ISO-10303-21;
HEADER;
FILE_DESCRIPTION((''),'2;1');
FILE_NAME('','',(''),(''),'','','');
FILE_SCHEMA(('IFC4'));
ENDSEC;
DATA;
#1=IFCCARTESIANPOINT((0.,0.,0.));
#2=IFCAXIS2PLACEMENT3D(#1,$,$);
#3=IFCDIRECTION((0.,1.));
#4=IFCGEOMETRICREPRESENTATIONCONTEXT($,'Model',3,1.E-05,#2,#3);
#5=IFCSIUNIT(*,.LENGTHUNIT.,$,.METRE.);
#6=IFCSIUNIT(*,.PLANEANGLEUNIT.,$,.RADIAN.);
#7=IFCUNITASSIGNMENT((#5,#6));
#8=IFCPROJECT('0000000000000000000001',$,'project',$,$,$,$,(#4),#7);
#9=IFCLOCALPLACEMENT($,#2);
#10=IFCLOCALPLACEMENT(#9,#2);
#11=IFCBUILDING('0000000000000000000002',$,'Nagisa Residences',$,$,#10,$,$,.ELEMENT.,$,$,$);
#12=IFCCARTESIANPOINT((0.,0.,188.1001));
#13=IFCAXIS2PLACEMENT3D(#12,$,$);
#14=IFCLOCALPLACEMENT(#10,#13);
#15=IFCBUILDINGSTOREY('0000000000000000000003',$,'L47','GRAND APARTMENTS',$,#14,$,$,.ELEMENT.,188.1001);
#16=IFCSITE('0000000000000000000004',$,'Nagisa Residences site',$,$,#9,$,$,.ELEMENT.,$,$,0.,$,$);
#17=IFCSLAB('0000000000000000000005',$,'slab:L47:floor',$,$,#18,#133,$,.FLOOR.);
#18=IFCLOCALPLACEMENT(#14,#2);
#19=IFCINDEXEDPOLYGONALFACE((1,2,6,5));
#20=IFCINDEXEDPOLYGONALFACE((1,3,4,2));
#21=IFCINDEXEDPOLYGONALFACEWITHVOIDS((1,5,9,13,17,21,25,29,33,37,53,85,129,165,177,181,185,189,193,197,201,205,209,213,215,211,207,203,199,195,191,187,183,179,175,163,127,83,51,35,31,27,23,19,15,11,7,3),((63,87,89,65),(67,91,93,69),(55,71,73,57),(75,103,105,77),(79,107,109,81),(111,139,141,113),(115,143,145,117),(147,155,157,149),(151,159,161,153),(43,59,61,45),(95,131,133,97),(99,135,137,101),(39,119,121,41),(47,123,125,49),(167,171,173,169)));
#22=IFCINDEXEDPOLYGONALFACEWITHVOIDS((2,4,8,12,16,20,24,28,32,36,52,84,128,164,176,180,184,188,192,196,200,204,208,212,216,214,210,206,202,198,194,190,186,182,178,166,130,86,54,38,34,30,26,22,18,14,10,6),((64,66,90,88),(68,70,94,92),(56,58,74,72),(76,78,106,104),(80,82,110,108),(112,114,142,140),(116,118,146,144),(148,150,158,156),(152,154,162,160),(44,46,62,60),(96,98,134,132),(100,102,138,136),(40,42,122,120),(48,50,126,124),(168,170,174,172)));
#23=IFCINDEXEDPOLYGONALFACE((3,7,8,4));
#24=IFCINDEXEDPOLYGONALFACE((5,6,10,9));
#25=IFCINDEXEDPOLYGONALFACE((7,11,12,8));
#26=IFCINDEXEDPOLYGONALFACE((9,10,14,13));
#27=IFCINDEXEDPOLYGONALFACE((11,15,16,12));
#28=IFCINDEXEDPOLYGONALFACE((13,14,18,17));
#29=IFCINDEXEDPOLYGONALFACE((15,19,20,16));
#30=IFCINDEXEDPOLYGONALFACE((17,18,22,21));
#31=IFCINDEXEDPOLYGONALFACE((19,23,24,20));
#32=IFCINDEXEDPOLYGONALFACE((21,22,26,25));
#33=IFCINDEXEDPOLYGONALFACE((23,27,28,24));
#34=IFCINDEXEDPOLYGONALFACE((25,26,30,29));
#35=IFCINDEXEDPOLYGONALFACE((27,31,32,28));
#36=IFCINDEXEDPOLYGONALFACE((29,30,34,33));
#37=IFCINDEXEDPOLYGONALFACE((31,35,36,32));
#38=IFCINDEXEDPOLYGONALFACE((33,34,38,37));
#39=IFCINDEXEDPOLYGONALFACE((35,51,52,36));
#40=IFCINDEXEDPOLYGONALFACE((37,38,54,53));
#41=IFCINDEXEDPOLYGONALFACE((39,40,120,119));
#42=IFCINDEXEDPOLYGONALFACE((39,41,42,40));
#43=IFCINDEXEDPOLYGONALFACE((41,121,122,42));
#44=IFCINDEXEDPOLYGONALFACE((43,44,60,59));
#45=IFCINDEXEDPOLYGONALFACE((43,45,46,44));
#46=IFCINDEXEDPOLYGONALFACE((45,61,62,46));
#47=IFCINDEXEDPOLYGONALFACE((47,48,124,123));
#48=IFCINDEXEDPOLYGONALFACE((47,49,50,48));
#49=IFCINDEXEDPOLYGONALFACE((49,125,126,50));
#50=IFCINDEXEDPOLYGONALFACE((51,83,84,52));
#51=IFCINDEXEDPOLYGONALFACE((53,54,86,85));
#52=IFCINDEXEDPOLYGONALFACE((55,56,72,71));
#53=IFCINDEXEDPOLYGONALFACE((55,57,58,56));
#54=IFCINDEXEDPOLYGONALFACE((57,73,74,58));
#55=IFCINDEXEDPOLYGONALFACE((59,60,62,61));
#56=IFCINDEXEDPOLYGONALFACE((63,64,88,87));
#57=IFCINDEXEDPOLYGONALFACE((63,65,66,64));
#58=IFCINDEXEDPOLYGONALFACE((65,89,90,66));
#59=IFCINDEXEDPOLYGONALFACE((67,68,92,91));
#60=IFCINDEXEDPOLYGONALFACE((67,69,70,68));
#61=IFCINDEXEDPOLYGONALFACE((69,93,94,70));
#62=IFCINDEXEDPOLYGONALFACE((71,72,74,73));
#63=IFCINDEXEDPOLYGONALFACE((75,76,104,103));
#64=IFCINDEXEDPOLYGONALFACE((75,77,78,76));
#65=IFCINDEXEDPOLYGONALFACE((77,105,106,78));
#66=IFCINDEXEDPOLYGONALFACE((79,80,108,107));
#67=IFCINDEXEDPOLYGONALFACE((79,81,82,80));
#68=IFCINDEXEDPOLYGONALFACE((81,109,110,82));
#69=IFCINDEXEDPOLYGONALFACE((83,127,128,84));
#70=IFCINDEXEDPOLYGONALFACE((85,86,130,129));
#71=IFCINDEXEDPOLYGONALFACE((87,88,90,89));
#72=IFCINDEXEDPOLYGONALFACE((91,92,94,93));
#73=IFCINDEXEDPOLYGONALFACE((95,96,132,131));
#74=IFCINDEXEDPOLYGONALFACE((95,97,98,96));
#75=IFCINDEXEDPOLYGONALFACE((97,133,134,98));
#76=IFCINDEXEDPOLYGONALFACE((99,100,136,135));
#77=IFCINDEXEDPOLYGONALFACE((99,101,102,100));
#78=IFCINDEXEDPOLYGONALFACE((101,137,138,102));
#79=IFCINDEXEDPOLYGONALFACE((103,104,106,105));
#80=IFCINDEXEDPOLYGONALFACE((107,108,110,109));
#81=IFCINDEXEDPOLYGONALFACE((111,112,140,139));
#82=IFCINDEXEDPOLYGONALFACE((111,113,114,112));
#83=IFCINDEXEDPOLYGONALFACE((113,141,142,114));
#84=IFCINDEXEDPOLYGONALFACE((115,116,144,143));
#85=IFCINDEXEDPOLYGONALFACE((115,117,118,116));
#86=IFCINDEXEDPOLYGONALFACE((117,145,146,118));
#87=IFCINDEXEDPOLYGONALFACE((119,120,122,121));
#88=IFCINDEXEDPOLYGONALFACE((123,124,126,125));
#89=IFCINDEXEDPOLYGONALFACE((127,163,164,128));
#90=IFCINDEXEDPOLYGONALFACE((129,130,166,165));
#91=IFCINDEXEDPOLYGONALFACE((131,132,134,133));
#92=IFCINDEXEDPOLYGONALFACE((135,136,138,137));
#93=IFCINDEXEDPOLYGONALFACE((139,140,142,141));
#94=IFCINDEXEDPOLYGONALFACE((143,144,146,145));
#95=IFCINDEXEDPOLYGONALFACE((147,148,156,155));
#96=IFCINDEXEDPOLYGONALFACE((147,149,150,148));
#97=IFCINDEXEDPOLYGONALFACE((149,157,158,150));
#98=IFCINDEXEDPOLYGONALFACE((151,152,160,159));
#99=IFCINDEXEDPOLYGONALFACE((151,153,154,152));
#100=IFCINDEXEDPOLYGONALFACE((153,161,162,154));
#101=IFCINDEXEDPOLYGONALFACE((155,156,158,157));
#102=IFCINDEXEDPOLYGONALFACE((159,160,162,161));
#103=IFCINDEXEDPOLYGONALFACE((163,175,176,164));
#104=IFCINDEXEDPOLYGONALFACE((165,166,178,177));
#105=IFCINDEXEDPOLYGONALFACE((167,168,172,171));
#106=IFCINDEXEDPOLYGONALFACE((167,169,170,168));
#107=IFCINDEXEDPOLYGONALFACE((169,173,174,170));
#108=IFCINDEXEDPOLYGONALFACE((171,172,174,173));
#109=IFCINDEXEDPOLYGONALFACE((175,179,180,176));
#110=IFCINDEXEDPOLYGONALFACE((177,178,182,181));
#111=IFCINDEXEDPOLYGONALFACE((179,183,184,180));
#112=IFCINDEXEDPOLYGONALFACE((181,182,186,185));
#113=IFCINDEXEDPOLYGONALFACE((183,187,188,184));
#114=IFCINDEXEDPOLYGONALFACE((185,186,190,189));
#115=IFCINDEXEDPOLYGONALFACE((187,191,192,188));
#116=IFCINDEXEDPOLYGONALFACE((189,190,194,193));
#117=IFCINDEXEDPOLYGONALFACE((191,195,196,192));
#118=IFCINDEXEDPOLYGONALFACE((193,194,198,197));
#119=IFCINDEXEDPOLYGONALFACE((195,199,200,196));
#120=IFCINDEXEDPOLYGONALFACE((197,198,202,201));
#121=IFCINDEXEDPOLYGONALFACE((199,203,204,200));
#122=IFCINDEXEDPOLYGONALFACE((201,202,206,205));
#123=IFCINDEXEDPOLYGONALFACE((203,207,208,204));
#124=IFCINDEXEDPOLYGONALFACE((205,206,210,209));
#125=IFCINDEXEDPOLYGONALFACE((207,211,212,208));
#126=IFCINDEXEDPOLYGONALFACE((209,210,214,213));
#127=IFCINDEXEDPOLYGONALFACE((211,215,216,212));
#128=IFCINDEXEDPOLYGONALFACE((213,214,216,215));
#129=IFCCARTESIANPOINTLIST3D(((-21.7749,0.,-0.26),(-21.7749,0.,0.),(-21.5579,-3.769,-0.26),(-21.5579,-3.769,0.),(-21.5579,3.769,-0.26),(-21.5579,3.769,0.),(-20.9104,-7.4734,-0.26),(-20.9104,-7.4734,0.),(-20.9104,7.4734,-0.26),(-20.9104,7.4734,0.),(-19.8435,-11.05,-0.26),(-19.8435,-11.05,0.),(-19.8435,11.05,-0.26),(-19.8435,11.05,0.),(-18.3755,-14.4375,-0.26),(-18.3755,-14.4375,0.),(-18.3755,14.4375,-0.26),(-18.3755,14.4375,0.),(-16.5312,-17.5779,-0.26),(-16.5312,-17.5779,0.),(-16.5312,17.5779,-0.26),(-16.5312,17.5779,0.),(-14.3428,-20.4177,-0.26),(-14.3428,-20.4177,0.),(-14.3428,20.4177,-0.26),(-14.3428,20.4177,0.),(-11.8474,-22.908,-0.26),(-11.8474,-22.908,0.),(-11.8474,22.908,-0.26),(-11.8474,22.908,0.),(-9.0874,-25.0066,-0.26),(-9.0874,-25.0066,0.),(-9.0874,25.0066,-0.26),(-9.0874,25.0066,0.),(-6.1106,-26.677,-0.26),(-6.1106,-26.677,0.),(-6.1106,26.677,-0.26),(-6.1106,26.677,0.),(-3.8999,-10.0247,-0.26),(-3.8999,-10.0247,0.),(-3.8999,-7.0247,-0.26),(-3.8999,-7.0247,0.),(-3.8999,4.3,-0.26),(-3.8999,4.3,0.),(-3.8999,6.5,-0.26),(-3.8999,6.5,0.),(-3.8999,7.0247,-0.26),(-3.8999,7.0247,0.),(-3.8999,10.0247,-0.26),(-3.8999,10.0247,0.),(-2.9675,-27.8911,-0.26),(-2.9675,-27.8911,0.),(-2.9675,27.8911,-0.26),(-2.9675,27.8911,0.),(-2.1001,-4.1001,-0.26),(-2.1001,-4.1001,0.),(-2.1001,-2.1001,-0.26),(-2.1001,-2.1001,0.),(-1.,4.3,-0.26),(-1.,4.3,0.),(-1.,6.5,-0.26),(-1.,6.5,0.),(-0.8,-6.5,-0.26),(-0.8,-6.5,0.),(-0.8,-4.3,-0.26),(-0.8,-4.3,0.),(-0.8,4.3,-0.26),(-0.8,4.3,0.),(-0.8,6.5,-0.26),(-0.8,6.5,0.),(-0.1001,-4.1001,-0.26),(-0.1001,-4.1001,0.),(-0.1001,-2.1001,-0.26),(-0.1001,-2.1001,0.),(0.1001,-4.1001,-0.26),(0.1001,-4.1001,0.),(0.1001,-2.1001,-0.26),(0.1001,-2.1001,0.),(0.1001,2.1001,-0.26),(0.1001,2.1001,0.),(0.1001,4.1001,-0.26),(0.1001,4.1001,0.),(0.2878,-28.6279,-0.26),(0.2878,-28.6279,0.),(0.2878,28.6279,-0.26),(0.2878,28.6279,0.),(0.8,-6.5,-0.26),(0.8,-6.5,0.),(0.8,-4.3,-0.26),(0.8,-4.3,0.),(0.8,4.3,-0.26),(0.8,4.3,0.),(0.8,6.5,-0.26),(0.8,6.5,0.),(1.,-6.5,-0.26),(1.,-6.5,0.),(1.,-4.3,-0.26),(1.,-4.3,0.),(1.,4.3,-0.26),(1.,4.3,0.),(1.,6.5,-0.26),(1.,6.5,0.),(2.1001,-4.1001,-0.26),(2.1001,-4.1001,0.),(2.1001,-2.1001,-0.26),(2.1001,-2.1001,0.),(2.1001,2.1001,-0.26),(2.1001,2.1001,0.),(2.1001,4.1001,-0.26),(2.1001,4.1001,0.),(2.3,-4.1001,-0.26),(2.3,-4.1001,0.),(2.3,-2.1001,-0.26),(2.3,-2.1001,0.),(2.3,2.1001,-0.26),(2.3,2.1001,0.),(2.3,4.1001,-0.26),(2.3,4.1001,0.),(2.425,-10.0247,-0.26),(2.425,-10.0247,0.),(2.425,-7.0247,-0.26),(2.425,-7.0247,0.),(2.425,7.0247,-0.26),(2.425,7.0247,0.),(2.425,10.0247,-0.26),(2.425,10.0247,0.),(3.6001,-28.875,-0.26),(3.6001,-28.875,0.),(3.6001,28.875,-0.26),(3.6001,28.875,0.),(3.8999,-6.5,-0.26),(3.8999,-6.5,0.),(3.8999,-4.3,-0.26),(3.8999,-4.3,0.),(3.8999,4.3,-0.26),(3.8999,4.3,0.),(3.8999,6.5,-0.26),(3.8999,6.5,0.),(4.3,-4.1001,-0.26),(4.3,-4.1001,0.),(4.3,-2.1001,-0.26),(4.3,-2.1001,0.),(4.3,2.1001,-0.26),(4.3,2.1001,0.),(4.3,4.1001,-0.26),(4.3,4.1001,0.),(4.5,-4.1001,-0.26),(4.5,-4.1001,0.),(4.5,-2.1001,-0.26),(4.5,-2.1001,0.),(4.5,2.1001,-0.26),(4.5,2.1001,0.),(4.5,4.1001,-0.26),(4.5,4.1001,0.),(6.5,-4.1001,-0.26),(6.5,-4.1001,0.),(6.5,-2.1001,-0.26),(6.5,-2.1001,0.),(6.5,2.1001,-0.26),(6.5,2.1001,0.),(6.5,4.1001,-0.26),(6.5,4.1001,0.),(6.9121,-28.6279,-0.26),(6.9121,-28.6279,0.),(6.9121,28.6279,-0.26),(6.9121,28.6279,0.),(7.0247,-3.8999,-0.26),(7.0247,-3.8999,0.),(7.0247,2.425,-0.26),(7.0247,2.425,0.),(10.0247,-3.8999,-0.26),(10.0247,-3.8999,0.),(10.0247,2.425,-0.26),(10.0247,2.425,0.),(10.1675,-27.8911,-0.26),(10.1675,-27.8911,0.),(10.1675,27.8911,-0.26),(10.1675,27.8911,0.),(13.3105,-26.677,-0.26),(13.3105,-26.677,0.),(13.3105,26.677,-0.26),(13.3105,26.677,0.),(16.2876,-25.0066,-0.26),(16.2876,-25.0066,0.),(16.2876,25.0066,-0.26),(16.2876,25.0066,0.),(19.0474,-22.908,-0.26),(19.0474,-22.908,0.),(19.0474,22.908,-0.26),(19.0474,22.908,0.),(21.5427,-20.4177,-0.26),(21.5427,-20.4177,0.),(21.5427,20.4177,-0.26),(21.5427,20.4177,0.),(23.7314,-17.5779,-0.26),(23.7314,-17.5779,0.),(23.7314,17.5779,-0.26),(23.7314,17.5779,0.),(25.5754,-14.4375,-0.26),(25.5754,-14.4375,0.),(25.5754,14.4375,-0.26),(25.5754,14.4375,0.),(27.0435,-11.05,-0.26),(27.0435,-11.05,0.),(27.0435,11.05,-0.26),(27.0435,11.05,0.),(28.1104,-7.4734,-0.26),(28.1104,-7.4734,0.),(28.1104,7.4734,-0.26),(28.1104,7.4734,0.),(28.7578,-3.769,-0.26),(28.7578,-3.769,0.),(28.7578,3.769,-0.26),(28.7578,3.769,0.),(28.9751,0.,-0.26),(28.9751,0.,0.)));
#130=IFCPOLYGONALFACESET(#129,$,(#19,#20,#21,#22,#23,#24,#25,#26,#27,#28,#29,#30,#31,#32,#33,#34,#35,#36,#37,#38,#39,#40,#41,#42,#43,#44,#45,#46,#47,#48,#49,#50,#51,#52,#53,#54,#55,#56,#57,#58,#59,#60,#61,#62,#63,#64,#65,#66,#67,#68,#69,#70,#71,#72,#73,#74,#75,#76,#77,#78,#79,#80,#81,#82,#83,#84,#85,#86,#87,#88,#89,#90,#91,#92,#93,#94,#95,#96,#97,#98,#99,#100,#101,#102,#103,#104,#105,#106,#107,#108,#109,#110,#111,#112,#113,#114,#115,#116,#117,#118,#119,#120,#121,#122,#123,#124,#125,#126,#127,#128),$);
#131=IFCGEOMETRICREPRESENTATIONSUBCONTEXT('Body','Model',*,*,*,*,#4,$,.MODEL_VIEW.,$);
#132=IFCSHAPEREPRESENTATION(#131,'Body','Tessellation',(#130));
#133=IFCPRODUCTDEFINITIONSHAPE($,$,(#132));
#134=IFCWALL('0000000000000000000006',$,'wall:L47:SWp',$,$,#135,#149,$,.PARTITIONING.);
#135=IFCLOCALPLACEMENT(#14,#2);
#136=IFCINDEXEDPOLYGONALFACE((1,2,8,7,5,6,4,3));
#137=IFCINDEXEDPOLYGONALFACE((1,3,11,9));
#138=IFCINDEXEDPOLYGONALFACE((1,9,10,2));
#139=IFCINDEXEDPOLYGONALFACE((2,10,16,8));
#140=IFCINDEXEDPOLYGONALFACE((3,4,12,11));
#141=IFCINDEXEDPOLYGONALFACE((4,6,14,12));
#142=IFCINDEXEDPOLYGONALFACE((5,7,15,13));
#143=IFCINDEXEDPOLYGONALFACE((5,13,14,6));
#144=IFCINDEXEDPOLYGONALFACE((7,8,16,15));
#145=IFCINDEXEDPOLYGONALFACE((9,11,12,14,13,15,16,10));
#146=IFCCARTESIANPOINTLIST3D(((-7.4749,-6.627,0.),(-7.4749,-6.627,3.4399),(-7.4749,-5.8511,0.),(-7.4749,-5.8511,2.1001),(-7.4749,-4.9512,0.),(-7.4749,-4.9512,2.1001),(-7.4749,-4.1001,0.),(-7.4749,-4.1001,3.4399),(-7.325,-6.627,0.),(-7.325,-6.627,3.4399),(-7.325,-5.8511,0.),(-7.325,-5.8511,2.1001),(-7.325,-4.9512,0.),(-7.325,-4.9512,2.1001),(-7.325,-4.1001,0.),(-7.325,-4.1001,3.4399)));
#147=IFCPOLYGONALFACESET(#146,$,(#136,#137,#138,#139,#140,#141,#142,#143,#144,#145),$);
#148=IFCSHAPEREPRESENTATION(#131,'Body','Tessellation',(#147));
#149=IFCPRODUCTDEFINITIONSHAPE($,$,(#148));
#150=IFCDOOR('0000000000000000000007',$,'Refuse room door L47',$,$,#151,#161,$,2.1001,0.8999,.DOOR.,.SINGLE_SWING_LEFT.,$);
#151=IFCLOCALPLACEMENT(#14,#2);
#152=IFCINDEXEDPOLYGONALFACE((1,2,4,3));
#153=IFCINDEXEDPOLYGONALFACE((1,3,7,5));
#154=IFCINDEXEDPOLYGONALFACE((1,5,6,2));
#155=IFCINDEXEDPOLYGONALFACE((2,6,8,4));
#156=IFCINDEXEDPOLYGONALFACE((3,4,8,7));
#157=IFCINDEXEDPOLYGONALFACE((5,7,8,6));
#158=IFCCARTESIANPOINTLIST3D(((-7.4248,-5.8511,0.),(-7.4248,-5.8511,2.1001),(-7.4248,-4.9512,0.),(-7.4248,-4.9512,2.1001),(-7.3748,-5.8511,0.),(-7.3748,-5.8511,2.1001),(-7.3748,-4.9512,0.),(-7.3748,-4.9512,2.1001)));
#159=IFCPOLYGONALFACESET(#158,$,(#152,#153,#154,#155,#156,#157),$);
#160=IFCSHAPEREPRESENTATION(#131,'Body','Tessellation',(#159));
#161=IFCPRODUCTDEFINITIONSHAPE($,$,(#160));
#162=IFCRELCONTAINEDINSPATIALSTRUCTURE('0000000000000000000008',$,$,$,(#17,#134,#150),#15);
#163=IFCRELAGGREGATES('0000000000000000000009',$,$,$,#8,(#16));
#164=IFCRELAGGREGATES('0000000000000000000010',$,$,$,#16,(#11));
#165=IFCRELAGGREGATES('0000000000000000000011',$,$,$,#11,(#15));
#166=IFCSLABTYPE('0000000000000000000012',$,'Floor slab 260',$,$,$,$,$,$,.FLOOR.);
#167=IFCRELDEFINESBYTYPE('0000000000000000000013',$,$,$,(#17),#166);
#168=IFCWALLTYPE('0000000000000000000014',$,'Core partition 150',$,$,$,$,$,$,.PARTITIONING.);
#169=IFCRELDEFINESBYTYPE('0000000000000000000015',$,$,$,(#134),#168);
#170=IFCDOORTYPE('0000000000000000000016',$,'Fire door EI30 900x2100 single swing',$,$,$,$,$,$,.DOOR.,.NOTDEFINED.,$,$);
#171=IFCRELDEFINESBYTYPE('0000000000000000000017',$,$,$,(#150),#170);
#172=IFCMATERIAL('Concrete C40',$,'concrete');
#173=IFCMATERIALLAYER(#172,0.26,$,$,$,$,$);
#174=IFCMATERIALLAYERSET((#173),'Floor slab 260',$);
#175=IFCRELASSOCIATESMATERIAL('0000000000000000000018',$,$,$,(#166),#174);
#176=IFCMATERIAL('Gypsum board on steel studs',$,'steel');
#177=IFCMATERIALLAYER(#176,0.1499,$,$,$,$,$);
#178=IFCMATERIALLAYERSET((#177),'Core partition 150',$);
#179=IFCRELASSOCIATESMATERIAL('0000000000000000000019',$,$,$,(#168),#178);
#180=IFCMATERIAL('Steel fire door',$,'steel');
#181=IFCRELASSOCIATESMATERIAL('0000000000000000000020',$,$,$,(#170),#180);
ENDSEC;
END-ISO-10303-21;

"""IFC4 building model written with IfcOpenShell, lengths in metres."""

from ifc_helpers import new_model, si_unit, direction, frame, frame_2d, origin, place, context, subcontext, project, spatial, polyline, rectangle, outline, extrude, material, layer, layer_set, type_object, element, fill, save


model = new_model("IFC4")

# Units and contexts
model_context = context("Model", 3, precision=1e-05, world=origin(), true_north=direction((0.0, 1.0)))
body_context = subcontext(model_context, "Body", "Model", "MODEL_VIEW")
ifc_project = project(units=[si_unit("LENGTHUNIT", "METRE"), si_unit("PLANEANGLEUNIT", "RADIAN")], contexts=[model_context])

# Site, building, storey
site_placement = place(None, origin())
site = spatial("IfcSite", under=ifc_project, at=site_placement, Name="Nagisa Residences site", CompositionType="ELEMENT", RefElevation=0.0)
building_placement = place(site_placement, origin())
building = spatial("IfcBuilding", under=site, at=building_placement, Name="Nagisa Residences", CompositionType="ELEMENT")
storey_placement = place(building_placement, frame((0.0, 0.0, 188.1001)))
storey = spatial("IfcBuildingStorey", under=building, at=storey_placement, Name="L47", Description="GRAND APARTMENTS", CompositionType="ELEMENT", Elevation=188.1001)

# Slab
ifc_material_1 = material(Name="Concrete C40", Category="concrete")
ifc_layer_1 = layer(ifc_material_1, 0.26)
ifc_layer_set_1 = layer_set([ifc_layer_1], Name="Floor slab 260")
slab_type_1 = type_object("IfcSlabType", Name="Floor slab 260", PredefinedType="FLOOR", material=ifc_layer_set_1)
slab_1_placement = place(storey_placement, frame((0.0, 0.0, -0.26)))
element("IfcSlab", 1, at=slab_1_placement, inside=storey, type_object=slab_type_1, Name="slab:L47:floor", PredefinedType="FLOOR", context=body_context, shape_type="SweptSolid", body=[
    extrude(outline(polyline([(28.9751, 0.0), (28.7578, 3.769), (28.1104, 7.4734), (27.0435, 11.05), (25.5754, 14.4375), (23.7314, 17.5779), (21.5427, 20.4177), (19.0474, 22.908), (16.2876, 25.0066), (13.3105, 26.677), (10.1675, 27.8911), (6.9121, 28.6279), (3.6001, 28.875), (0.2878, 28.6279), (-2.9675, 27.8911), (-6.1106, 26.677), (-9.0874, 25.0066), (-11.8474, 22.908), (-14.3428, 20.4177), (-16.5312, 17.5779), (-18.3755, 14.4375), (-19.8435, 11.05), (-20.9104, 7.4734), (-21.5579, 3.769), (-21.7749, 0.0), (-21.5579, -3.769), (-20.9104, -7.4734), (-19.8435, -11.05), (-18.3755, -14.4375), (-16.5312, -17.5779), (-14.3428, -20.4177), (-11.8474, -22.908), (-9.0874, -25.0066), (-6.1106, -26.677), (-2.9675, -27.8911), (0.2878, -28.6279), (3.6001, -28.875), (6.9121, -28.6279), (10.1675, -27.8911), (13.3105, -26.677), (16.2876, -25.0066), (19.0474, -22.908), (21.5427, -20.4177), (23.7314, -17.5779), (25.5754, -14.4375), (27.0435, -11.05), (28.1104, -7.4734), (28.7578, -3.769), (28.9751, 0.0)]), holes=[polyline([(2.1001, 2.1001), (2.1001, 4.1001), (0.1001, 4.1001), (0.1001, 2.1001), (2.1001, 2.1001)]), polyline([(4.3, 2.1001), (4.3, 4.1001), (2.3, 4.1001), (2.3, 2.1001), (4.3, 2.1001)]), polyline([(6.5, 2.1001), (6.5, 4.1001), (4.5, 4.1001), (4.5, 2.1001), (6.5, 2.1001)]), polyline([(-0.1001, -4.1001), (-0.1001, -2.1001), (-2.1001, -2.1001), (-2.1001, -4.1001), (-0.1001, -4.1001)]), polyline([(2.1001, -4.1001), (2.1001, -2.1001), (0.1001, -2.1001), (0.1001, -4.1001), (2.1001, -4.1001)]), polyline([(4.3, -4.1001), (4.3, -2.1001), (2.3, -2.1001), (2.3, -4.1001), (4.3, -4.1001)]), polyline([(6.5, -4.1001), (6.5, -2.1001), (4.5, -2.1001), (4.5, -4.1001), (6.5, -4.1001)]), polyline([(3.8999, 4.3), (3.8999, 6.5), (1.0, 6.5), (1.0, 4.3), (3.8999, 4.3)]), polyline([(3.8999, -6.5), (3.8999, -4.3), (1.0, -4.3), (1.0, -6.5), (3.8999, -6.5)]), polyline([(-1.0, 4.3), (-1.0, 6.5), (-3.8999, 6.5), (-3.8999, 4.3), (-1.0, 4.3)]), polyline([(0.8, 4.3), (0.8, 6.5), (-0.8, 6.5), (-0.8, 4.3), (0.8, 4.3)]), polyline([(0.8, -6.5), (0.8, -4.3), (-0.8, -4.3), (-0.8, -6.5), (0.8, -6.5)]), polyline([(10.0247, -3.8999), (7.0247, -3.8999), (7.0247, 2.425), (10.0247, 2.425), (10.0247, -3.8999)]), polyline([(-3.8999, 7.0247), (-3.8999, 10.0247), (2.425, 10.0247), (2.425, 7.0247), (-3.8999, 7.0247)]), polyline([(-3.8999, -10.0247), (-3.8999, -7.0247), (2.425, -7.0247), (2.425, -10.0247), (-3.8999, -10.0247)])]), origin(), (0.0, 0.0, 1.0), 0.26),
])

# Wall, opening, door
ifc_material_2 = material(Name="Gypsum board on steel studs", Category="steel")
ifc_layer_2 = layer(ifc_material_2, 0.1499)
ifc_layer_set_2 = layer_set([ifc_layer_2], Name="Core partition 150")
wall_type_1 = type_object("IfcWallType", Name="Core partition 150", PredefinedType="PARTITIONING", material=ifc_layer_set_2)
wall_1_placement = place(storey_placement, frame((-7.3999, -6.627, 0.0), z_axis=(0.0, 0.0, 1.0), x_axis=(0.0, 1.0, 0.0)))
wall_1 = element("IfcWall", 2, at=wall_1_placement, inside=storey, type_object=wall_type_1, Name="wall:L47:SWp", PredefinedType="PARTITIONING", context=body_context, shape_type="SweptSolid", body=[
    extrude(rectangle(XDim=2.5269, YDim=0.1499, at=frame_2d((1.2634, 0.0))), origin(), (0.0, 0.0, 1.0), 3.4399),
])
opening_1_placement = place(wall_1_placement, frame((0.7759, 0.0, 0.0)))
opening_1 = element("IfcOpeningElement", 3, at=opening_1_placement, cuts=wall_1, PredefinedType="OPENING", context=body_context, shape_type="SweptSolid", body=[
    extrude(rectangle(XDim=0.8999, YDim=2.1001, at=frame_2d((0.45, 1.05))), frame((0.0, 0.085, 0.0), z_axis=(0.0, -1.0, 0.0), x_axis=(1.0, 0.0, 0.0)), (0.0, 0.0, 1.0), 0.1699),
])
ifc_material_3 = material(Name="Steel fire door", Category="steel")
door_type_1 = type_object("IfcDoorType", Name="Fire door EI30 900x2100 single swing", OperationType="NOTDEFINED", PredefinedType="DOOR", material=ifc_material_3)
door_1_placement = place(opening_1_placement, origin())
door_1 = element("IfcDoor", 4, at=door_1_placement, inside=storey, type_object=door_type_1, Name="Refuse room door L47", OperationType="SINGLE_SWING_LEFT", OverallHeight=2.1001, OverallWidth=0.8999, PredefinedType="DOOR", context=body_context, shape_type="SweptSolid", body=[
    extrude(rectangle(XDim=0.8999, YDim=2.1001, at=frame_2d((0.45, 1.05))), frame((0.0, 0.0249, 0.0), z_axis=(0.0, -1.0, 0.0), x_axis=(1.0, 0.0, 0.0)), (0.0, 0.0, 1.0), 0.05),
])
fill(opening_1, door_1)

save(model, "model.ifc")
